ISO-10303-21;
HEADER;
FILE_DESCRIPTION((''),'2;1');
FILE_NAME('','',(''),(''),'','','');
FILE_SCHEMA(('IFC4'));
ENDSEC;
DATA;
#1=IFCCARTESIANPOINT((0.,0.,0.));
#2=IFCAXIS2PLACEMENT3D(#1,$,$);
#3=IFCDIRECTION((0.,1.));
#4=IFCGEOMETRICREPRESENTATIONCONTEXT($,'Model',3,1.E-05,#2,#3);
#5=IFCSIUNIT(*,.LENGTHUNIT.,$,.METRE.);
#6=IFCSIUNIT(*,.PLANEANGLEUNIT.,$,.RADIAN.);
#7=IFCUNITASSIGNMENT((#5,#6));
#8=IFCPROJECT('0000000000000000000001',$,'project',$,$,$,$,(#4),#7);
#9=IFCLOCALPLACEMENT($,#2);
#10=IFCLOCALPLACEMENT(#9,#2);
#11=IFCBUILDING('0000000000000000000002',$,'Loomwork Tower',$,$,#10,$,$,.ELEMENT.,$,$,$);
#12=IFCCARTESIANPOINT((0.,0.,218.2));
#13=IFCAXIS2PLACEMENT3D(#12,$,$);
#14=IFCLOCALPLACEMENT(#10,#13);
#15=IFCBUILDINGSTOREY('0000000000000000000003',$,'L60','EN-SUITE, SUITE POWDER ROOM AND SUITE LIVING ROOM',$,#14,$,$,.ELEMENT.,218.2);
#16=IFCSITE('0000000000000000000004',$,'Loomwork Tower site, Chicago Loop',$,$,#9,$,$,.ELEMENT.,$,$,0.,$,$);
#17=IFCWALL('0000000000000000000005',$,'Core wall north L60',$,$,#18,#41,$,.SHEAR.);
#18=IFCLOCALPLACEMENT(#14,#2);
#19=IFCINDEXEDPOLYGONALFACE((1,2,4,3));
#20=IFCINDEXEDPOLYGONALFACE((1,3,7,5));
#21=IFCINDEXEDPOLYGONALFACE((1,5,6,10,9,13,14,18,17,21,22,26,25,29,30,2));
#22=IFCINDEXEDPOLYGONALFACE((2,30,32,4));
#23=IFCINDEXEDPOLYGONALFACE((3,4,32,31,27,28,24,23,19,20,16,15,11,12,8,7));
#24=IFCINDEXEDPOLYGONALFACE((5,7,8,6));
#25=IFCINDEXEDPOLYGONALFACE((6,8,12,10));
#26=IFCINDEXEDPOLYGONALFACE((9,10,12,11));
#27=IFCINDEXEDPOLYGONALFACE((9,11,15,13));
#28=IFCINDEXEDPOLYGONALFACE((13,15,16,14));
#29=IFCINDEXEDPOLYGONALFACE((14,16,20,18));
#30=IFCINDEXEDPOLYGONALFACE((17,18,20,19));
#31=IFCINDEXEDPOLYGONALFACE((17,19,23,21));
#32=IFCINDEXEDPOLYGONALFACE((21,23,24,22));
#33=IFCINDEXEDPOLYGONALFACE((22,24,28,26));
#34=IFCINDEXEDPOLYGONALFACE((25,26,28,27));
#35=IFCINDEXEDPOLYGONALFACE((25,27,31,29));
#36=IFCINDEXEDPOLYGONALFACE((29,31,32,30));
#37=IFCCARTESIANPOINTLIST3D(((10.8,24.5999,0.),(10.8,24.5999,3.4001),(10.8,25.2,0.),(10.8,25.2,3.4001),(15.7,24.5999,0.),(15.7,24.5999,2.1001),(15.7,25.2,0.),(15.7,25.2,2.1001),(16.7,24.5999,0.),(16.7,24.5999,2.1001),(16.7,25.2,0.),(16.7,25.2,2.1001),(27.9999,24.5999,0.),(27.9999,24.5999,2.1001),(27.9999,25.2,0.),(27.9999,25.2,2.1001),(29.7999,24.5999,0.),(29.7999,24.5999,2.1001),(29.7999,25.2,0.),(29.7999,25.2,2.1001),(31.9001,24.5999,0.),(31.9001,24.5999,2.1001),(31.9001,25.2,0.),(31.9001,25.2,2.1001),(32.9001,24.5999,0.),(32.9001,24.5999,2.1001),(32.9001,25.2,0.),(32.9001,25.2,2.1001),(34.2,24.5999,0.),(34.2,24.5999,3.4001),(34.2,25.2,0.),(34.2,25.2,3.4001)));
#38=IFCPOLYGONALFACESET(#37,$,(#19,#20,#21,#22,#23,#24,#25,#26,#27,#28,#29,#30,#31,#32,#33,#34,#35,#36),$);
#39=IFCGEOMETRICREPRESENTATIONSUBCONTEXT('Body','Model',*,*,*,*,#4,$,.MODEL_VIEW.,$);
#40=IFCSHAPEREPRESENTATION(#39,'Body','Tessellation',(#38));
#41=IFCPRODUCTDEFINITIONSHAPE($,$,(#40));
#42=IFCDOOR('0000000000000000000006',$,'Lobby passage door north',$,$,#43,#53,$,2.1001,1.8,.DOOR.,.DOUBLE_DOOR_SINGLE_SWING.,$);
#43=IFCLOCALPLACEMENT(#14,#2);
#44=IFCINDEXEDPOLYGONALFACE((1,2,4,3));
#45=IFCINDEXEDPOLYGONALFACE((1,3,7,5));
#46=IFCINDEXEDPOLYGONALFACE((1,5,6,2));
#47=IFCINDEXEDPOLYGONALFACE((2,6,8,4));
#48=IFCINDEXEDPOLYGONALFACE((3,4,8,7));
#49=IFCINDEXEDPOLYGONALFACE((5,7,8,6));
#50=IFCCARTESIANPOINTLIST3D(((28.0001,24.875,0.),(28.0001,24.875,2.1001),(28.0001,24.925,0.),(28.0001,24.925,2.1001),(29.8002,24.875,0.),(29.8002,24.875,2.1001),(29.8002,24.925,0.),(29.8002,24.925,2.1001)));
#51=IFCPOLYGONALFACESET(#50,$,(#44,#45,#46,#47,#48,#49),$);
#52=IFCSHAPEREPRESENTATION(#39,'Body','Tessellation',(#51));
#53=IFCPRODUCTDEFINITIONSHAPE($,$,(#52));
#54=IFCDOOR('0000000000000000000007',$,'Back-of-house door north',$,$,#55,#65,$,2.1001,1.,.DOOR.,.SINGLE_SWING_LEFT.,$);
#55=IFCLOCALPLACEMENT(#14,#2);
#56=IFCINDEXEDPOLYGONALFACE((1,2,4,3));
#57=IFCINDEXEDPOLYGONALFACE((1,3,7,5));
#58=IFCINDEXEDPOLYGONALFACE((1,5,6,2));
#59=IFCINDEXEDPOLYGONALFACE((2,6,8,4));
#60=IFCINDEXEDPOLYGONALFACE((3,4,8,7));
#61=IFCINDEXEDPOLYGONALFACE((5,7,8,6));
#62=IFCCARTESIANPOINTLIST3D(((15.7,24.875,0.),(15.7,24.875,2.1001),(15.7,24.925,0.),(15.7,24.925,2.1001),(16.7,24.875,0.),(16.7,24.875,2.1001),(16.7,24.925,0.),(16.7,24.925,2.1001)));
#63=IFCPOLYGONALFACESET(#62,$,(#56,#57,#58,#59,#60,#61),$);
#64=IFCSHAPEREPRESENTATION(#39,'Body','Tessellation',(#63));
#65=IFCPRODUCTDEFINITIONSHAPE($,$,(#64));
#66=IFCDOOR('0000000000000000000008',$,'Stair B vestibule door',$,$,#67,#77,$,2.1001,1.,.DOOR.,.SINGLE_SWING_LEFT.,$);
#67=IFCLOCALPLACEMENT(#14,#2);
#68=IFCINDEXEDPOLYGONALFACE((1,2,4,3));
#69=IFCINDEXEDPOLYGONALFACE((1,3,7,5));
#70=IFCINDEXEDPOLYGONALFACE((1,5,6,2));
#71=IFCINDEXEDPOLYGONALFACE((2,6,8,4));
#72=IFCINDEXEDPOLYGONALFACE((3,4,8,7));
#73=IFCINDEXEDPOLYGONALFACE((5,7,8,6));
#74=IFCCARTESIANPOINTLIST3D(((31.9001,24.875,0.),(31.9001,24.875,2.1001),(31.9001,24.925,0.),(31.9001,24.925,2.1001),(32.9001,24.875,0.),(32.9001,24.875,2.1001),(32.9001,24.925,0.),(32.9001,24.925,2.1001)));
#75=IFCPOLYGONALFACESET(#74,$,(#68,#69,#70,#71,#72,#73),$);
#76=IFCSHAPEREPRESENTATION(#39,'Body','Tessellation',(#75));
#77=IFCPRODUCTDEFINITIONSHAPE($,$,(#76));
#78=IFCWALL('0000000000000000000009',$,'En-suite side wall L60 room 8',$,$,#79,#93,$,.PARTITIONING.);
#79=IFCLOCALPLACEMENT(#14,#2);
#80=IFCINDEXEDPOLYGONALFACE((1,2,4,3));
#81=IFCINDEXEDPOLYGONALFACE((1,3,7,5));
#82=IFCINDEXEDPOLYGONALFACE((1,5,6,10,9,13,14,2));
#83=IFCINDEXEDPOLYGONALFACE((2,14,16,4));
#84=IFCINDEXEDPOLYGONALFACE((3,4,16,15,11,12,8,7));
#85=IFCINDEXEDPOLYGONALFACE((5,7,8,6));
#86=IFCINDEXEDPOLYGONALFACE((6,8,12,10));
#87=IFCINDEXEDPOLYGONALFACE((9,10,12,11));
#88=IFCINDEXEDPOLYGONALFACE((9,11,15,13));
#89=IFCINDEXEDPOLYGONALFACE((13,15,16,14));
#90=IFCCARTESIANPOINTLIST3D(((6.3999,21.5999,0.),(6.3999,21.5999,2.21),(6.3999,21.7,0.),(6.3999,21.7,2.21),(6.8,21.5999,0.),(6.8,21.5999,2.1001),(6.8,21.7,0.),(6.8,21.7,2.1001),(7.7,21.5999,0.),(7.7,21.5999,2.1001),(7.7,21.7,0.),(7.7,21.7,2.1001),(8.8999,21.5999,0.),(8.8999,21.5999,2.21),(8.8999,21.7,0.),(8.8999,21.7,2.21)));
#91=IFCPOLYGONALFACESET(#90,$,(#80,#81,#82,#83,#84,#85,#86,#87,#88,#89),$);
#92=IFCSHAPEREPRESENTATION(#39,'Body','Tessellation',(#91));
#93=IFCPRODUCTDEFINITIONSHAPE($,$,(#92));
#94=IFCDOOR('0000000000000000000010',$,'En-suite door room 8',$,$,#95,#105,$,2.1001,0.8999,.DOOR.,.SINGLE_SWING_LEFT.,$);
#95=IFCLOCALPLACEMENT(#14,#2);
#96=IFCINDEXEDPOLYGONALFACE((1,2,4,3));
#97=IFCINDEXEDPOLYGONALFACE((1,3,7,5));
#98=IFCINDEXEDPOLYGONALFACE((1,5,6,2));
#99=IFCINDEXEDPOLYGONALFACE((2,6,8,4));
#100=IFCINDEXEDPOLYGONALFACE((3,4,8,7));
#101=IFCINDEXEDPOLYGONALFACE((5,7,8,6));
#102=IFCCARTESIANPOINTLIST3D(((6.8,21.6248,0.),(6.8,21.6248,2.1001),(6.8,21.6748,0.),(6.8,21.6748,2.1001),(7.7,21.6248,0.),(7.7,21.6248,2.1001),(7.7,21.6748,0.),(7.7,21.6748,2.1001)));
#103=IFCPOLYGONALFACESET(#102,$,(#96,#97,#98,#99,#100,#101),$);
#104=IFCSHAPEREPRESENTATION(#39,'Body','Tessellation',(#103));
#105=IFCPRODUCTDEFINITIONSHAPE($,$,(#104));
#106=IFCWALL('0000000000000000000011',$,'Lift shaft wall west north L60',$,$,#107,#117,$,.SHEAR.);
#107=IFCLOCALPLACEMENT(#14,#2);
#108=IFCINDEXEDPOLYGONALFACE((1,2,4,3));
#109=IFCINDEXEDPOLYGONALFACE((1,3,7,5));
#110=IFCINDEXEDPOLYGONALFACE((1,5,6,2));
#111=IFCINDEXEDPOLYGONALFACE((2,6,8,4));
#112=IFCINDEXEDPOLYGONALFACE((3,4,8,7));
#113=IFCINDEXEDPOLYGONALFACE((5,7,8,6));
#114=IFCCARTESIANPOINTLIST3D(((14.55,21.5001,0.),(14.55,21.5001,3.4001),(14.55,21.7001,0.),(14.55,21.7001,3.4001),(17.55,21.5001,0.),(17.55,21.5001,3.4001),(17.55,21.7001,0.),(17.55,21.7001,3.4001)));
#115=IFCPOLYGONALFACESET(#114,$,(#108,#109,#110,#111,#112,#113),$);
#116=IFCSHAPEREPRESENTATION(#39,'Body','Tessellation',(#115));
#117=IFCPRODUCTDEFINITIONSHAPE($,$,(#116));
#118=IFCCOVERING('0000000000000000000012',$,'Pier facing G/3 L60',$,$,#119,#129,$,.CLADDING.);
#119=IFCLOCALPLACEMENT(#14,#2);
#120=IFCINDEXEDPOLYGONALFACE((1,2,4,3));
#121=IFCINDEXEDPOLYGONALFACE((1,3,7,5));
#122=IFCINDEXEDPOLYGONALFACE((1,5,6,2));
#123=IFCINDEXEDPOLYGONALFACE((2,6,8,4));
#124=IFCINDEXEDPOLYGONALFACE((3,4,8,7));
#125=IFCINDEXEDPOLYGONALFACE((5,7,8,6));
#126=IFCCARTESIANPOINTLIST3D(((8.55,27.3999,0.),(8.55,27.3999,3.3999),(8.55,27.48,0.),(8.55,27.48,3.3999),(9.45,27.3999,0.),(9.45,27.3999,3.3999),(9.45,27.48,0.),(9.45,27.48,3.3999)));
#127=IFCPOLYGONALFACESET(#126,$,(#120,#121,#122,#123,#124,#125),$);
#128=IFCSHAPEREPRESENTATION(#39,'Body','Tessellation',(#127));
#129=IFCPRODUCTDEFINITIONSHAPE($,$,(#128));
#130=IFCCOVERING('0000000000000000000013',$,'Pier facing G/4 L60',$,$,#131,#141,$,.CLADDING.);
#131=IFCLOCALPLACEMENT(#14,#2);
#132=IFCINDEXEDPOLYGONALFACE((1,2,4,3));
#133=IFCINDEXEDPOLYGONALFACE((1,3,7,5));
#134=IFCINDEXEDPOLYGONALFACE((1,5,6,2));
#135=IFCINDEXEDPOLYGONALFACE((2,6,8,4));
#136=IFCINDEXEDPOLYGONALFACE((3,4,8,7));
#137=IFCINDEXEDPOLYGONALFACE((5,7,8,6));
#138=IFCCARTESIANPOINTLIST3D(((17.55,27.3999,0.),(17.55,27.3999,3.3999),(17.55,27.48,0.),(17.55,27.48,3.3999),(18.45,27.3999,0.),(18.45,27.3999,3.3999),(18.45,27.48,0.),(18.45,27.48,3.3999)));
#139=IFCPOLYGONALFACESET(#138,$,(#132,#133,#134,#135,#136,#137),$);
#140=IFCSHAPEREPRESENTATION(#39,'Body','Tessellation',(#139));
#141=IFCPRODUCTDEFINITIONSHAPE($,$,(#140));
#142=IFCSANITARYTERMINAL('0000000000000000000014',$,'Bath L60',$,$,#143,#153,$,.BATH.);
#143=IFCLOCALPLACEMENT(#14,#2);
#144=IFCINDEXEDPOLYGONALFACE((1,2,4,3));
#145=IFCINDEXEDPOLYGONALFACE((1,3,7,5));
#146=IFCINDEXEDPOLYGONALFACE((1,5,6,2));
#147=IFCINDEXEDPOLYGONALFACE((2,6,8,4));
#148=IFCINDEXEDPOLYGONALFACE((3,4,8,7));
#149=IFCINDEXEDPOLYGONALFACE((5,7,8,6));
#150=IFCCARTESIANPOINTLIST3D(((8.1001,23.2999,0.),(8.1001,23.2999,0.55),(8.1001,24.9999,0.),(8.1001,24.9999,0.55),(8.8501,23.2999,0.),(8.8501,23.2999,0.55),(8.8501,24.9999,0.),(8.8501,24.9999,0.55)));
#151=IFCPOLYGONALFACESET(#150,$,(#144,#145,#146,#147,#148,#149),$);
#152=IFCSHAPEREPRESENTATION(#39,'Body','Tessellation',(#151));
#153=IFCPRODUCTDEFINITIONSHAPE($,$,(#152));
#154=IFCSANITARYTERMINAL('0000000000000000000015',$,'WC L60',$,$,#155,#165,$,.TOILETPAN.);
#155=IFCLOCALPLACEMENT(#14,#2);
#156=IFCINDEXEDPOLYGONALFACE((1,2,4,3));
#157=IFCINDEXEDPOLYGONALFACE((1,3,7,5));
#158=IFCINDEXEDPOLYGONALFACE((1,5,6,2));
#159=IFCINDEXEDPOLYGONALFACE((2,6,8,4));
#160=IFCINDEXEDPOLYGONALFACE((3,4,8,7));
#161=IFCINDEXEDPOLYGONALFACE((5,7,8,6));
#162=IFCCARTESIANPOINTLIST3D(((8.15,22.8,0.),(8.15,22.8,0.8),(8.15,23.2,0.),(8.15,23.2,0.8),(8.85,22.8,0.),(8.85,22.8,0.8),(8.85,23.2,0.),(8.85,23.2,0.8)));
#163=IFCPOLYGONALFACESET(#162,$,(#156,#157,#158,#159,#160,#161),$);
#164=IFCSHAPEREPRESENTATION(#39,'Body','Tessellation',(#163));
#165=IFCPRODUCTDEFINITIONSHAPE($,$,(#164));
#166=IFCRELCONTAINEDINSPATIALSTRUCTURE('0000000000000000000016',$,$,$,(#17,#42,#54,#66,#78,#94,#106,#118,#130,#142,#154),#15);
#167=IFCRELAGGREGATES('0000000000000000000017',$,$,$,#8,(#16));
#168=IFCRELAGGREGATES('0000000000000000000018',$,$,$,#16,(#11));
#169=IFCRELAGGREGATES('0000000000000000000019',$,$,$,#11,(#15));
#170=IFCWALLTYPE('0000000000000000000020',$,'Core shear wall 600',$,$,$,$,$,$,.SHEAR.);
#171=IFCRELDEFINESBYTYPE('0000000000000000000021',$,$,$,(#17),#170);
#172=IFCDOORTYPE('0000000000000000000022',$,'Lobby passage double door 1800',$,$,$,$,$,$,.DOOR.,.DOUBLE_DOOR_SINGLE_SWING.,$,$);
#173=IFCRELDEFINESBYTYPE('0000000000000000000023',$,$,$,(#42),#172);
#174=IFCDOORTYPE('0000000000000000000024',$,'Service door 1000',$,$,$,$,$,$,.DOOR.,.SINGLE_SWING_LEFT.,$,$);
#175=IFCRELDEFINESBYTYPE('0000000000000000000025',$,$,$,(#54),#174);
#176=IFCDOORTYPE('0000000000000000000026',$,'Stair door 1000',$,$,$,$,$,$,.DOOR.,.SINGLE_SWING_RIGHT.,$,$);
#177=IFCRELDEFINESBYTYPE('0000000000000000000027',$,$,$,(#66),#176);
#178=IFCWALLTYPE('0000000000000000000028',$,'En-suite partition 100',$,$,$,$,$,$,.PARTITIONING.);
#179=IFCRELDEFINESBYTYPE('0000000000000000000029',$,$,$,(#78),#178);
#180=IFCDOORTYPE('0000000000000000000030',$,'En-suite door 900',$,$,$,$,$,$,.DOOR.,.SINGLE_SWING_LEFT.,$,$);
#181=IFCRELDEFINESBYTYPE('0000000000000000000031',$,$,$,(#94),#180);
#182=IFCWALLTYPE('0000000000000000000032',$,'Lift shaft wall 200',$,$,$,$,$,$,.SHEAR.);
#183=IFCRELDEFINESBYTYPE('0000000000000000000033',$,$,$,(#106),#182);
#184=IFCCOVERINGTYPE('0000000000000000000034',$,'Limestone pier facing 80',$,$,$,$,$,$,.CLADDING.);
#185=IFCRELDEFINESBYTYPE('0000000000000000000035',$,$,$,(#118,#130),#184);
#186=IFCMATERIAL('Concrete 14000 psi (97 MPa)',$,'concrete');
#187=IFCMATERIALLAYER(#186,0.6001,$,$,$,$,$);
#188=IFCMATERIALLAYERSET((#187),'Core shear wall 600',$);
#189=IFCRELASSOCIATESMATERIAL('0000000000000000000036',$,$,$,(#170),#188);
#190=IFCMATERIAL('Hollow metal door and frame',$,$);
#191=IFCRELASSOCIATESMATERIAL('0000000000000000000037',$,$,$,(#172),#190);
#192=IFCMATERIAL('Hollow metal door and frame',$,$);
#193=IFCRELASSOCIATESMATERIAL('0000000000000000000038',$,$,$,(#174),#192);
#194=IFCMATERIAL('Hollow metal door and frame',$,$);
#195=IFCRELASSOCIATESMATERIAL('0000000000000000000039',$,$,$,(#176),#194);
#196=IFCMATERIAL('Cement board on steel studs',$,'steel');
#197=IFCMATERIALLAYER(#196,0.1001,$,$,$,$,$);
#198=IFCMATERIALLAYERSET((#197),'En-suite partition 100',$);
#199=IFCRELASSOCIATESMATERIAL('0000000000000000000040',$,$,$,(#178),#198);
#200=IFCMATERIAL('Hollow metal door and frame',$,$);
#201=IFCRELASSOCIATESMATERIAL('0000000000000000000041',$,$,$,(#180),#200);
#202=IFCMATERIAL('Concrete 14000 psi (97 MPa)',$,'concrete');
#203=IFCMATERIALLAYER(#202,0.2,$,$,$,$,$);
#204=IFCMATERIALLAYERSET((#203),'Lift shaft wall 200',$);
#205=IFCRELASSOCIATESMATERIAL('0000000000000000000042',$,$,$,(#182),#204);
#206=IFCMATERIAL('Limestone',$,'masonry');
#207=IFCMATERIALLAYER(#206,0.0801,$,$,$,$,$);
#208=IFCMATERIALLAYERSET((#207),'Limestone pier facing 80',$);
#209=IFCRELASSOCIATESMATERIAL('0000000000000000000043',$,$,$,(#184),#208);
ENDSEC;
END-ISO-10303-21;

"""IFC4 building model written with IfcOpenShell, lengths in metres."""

from ifc_helpers import new_model, si_unit, direction, frame, frame_2d, origin, origin_2d, place, context, subcontext, project, spatial, rectangle, extrude, material, layer, layer_set, type_object, element, fill, save


model = new_model("IFC4")

# Units and contexts
model_context = context("Model", 3, precision=1e-05, world=origin(), true_north=direction((0.0, 1.0)))
body_context = subcontext(model_context, "Body", "Model", "MODEL_VIEW")
ifc_project = project(units=[si_unit("LENGTHUNIT", "METRE"), si_unit("PLANEANGLEUNIT", "RADIAN")], contexts=[model_context])

# Site, building, storey
site_placement = place(None, origin())
site = spatial("IfcSite", under=ifc_project, at=site_placement, Name="Loomwork Tower site, Chicago Loop", CompositionType="ELEMENT", RefElevation=0.0)
building_placement = place(site_placement, origin())
building = spatial("IfcBuilding", under=site, at=building_placement, Name="Loomwork Tower", CompositionType="ELEMENT")
storey_placement = place(building_placement, frame((0.0, 0.0, 218.2)))
storey = spatial("IfcBuildingStorey", under=building, at=storey_placement, Name="L60", Description="EN-SUITE, SUITE POWDER ROOM AND SUITE LIVING ROOM", CompositionType="ELEMENT", Elevation=218.2)

# Wall, openings, doors
ifc_material_1 = material(Name="Concrete 14000 psi (97 MPa)", Category="concrete")
ifc_layer_1 = layer(ifc_material_1, 0.6001)
ifc_layer_set_1 = layer_set([ifc_layer_1], Name="Core shear wall 600")
wall_type_1 = type_object("IfcWallType", Name="Core shear wall 600", PredefinedType="SHEAR", material=ifc_layer_set_1)
wall_1_placement = place(storey_placement, frame((10.8, 24.8999, 0.0), z_axis=(0.0, 0.0, 1.0), x_axis=(1.0, 0.0, 0.0)))
wall_1 = element("IfcWall", 1, at=wall_1_placement, inside=storey, type_object=wall_type_1, Name="Core wall north L60", PredefinedType="SHEAR", context=body_context, shape_type="SweptSolid", body=[
    extrude(rectangle(XDim=23.3999, YDim=0.6001, at=frame_2d((11.7, 0.0))), origin(), (0.0, 0.0, 1.0), 3.4001),
])
opening_1_placement = place(wall_1_placement, frame((17.2, 0.0, 0.0)))
opening_1 = element("IfcOpeningElement", 2, at=opening_1_placement, cuts=wall_1, PredefinedType="OPENING", context=body_context, shape_type="SweptSolid", body=[
    extrude(rectangle(XDim=1.8, YDim=2.1001, at=frame_2d((0.8999, 1.05))), frame((0.0, 0.3101, 0.0), z_axis=(0.0, -1.0, 0.0), x_axis=(1.0, 0.0, 0.0)), (0.0, 0.0, 1.0), 0.6201),
])
opening_2_placement = place(wall_1_placement, frame((21.1001, 0.0, 0.0)))
opening_2 = element("IfcOpeningElement", 3, at=opening_2_placement, cuts=wall_1, PredefinedType="OPENING", context=body_context, shape_type="SweptSolid", body=[
    extrude(rectangle(XDim=1.0, YDim=2.1001, at=frame_2d((0.5, 1.05))), frame((0.0, 0.3101, 0.0), z_axis=(0.0, -1.0, 0.0), x_axis=(1.0, 0.0, 0.0)), (0.0, 0.0, 1.0), 0.6201),
])
opening_3_placement = place(wall_1_placement, frame((4.8999, 0.0, 0.0)))
opening_3 = element("IfcOpeningElement", 4, at=opening_3_placement, cuts=wall_1, PredefinedType="OPENING", context=body_context, shape_type="SweptSolid", body=[
    extrude(rectangle(XDim=1.0, YDim=2.1001, at=frame_2d((0.5, 1.05))), frame((0.0, 0.3101, 0.0), z_axis=(0.0, -1.0, 0.0), x_axis=(1.0, 0.0, 0.0)), (0.0, 0.0, 1.0), 0.6201),
])
ifc_material_2 = material(Name="Hollow metal door and frame")
door_type_1 = type_object("IfcDoorType", Name="Lobby passage double door 1800", OperationType="DOUBLE_DOOR_SINGLE_SWING", PredefinedType="DOOR", material=ifc_material_2)
door_1_placement = place(opening_1_placement, frame((1.8, 0.0, 0.0), z_axis=(0.0, 0.0, 1.0), x_axis=(-1.0, 0.0, 0.0)))
door_1 = element("IfcDoor", 5, at=door_1_placement, inside=storey, type_object=door_type_1, Name="Lobby passage door north", OperationType="DOUBLE_DOOR_SINGLE_SWING", OverallHeight=2.1001, OverallWidth=1.8, PredefinedType="DOOR", context=body_context, shape_type="SweptSolid", body=[
    extrude(rectangle(XDim=1.8, YDim=2.1001, at=frame_2d((0.8999, 1.05))), frame((0.0, 0.0249, 0.0), z_axis=(0.0, -1.0, 0.0), x_axis=(1.0, 0.0, 0.0)), (0.0, 0.0, 1.0), 0.05),
])
fill(opening_1, door_1)
ifc_material_3 = material(Name="Hollow metal door and frame")
door_type_2 = type_object("IfcDoorType", Name="Service door 1000", OperationType="SINGLE_SWING_LEFT", PredefinedType="DOOR", material=ifc_material_3)
door_2_placement = place(opening_3_placement, frame((1.0, 0.0, 0.0), z_axis=(0.0, 0.0, 1.0), x_axis=(-1.0, 0.0, 0.0)))
door_2 = element("IfcDoor", 6, at=door_2_placement, inside=storey, type_object=door_type_2, Name="Back-of-house door north", OperationType="SINGLE_SWING_LEFT", OverallHeight=2.1001, OverallWidth=1.0, PredefinedType="DOOR", context=body_context, shape_type="SweptSolid", body=[
    extrude(rectangle(XDim=1.0, YDim=2.1001, at=frame_2d((0.5, 1.05))), frame((0.0, 0.0249, 0.0), z_axis=(0.0, -1.0, 0.0), x_axis=(1.0, 0.0, 0.0)), (0.0, 0.0, 1.0), 0.05),
])
fill(opening_3, door_2)
ifc_material_4 = material(Name="Hollow metal door and frame")
door_type_3 = type_object("IfcDoorType", Name="Stair door 1000", OperationType="SINGLE_SWING_RIGHT", PredefinedType="DOOR", material=ifc_material_4)
door_3_placement = place(opening_2_placement, frame((1.0, 0.0, 0.0), z_axis=(0.0, 0.0, 1.0), x_axis=(-1.0, 0.0, 0.0)))
door_3 = element("IfcDoor", 7, at=door_3_placement, inside=storey, type_object=door_type_3, Name="Stair B vestibule door", OperationType="SINGLE_SWING_LEFT", OverallHeight=2.1001, OverallWidth=1.0, PredefinedType="DOOR", context=body_context, shape_type="SweptSolid", body=[
    extrude(rectangle(XDim=1.0, YDim=2.1001, at=frame_2d((0.5, 1.05))), frame((0.0, 0.0249, 0.0), z_axis=(0.0, -1.0, 0.0), x_axis=(1.0, 0.0, 0.0)), (0.0, 0.0, 1.0), 0.05),
])
fill(opening_2, door_3)

# Wall, opening, door
ifc_material_5 = material(Name="Cement board on steel studs", Category="steel")
ifc_layer_2 = layer(ifc_material_5, 0.1001)
ifc_layer_set_2 = layer_set([ifc_layer_2], Name="En-suite partition 100")
wall_type_2 = type_object("IfcWallType", Name="En-suite partition 100", PredefinedType="PARTITIONING", material=ifc_layer_set_2)
wall_2_placement = place(storey_placement, frame((8.8999, 21.6499, 0.0), z_axis=(0.0, 0.0, 1.0), x_axis=(-1.0, 0.0, 0.0)))
wall_2 = element("IfcWall", 8, at=wall_2_placement, inside=storey, type_object=wall_type_2, Name="En-suite side wall L60 room 8", PredefinedType="PARTITIONING", context=body_context, shape_type="SweptSolid", body=[
    extrude(rectangle(XDim=2.5, YDim=0.1001, at=frame_2d((1.25, 0.0))), origin(), (0.0, 0.0, 1.0), 2.21),
])
opening_4_placement = place(wall_2_placement, frame((1.2, 0.0, 0.0)))
opening_4 = element("IfcOpeningElement", 9, at=opening_4_placement, cuts=wall_2, PredefinedType="OPENING", context=body_context, shape_type="SweptSolid", body=[
    extrude(rectangle(XDim=0.8999, YDim=2.1001, at=frame_2d((0.45, 1.05))), frame((0.0, 0.0601, 0.0), z_axis=(0.0, -1.0, 0.0), x_axis=(1.0, 0.0, 0.0)), (0.0, 0.0, 1.0), 0.1201),
])
ifc_material_6 = material(Name="Hollow metal door and frame")
door_type_4 = type_object("IfcDoorType", Name="En-suite door 900", OperationType="SINGLE_SWING_LEFT", PredefinedType="DOOR", material=ifc_material_6)
door_4_placement = place(opening_4_placement, frame((0.8999, 0.0, 0.0), z_axis=(0.0, 0.0, 1.0), x_axis=(-1.0, 0.0, 0.0)))
door_4 = element("IfcDoor", 10, at=door_4_placement, inside=storey, type_object=door_type_4, Name="En-suite door room 8", OperationType="SINGLE_SWING_LEFT", OverallHeight=2.1001, OverallWidth=0.8999, PredefinedType="DOOR", context=body_context, shape_type="SweptSolid", body=[
    extrude(rectangle(XDim=0.8999, YDim=2.1001, at=frame_2d((0.45, 1.05))), frame((0.0, 0.0249, 0.0), z_axis=(0.0, -1.0, 0.0), x_axis=(1.0, 0.0, 0.0)), (0.0, 0.0, 1.0), 0.05),
])
fill(opening_4, door_4)

# Wall
ifc_material_7 = material(Name="Concrete 14000 psi (97 MPa)", Category="concrete")
ifc_layer_3 = layer(ifc_material_7, 0.2)
ifc_layer_set_3 = layer_set([ifc_layer_3], Name="Lift shaft wall 200")
wall_type_3 = type_object("IfcWallType", Name="Lift shaft wall 200", PredefinedType="SHEAR", material=ifc_layer_set_3)
wall_3_placement = place(storey_placement, frame((14.55, 21.6001, 0.0), z_axis=(0.0, 0.0, 1.0), x_axis=(1.0, 0.0, 0.0)))
element("IfcWall", 11, at=wall_3_placement, inside=storey, type_object=wall_type_3, Name="Lift shaft wall west north L60", PredefinedType="SHEAR", context=body_context, shape_type="SweptSolid", body=[
    extrude(rectangle(XDim=3.0, YDim=0.2, at=frame_2d((1.5, 0.0))), origin(), (0.0, 0.0, 1.0), 3.4001),
])

# Coverings
ifc_material_8 = material(Name="Limestone", Category="masonry")
ifc_layer_4 = layer(ifc_material_8, 0.0801)
ifc_layer_set_4 = layer_set([ifc_layer_4], Name="Limestone pier facing 80")
covering_type = type_object("IfcCoveringType", Name="Limestone pier facing 80", PredefinedType="CLADDING", material=ifc_layer_set_4)
for number, where, z_axis, x_axis, name in (
    (12, (9.0, 27.4399, 0.0), (0.0, 0.0, 1.0), (1.0, 0.0, 0.0), "Pier facing G/3 L60"),
    (13, (18.0, 27.4399, 0.0), (0.0, 0.0, 1.0), (1.0, 0.0, 0.0), "Pier facing G/4 L60"),
):
    element("IfcCovering", number, at=place(storey_placement, frame(where, z_axis=z_axis, x_axis=x_axis)), inside=storey, type_object=covering_type, Name=name, PredefinedType="CLADDING", context=body_context, shape_type="SweptSolid", body=[
        extrude(rectangle(XDim=0.8999, YDim=0.0801, at=origin_2d()), origin(), (0.0, 0.0, 1.0), 3.3999),
    ])

# Sanitary terminals
sanitary_terminal_1_placement = place(storey_placement, frame((8.4751, 24.1499, 0.0), z_axis=(0.0, 0.0, 1.0), x_axis=(1.0, 0.0, 0.0)))
element("IfcSanitaryTerminal", 14, at=sanitary_terminal_1_placement, inside=storey, Name="Bath L60", PredefinedType="BATH", context=body_context, shape_type="SweptSolid", body=[
    extrude(rectangle(XDim=0.75, YDim=1.7, at=origin_2d()), origin(), (0.0, 0.0, 1.0), 0.55),
])
sanitary_terminal_2_placement = place(storey_placement, frame((8.5, 23.0, 0.0), z_axis=(0.0, 0.0, 1.0), x_axis=(1.0, 0.0, 0.0)))
element("IfcSanitaryTerminal", 15, at=sanitary_terminal_2_placement, inside=storey, Name="WC L60", PredefinedType="TOILETPAN", context=body_context, shape_type="SweptSolid", body=[
    extrude(rectangle(XDim=0.7, YDim=0.3999, at=origin_2d()), origin(), (0.0, 0.0, 1.0), 0.8),
])

save(model, "model.ifc")
